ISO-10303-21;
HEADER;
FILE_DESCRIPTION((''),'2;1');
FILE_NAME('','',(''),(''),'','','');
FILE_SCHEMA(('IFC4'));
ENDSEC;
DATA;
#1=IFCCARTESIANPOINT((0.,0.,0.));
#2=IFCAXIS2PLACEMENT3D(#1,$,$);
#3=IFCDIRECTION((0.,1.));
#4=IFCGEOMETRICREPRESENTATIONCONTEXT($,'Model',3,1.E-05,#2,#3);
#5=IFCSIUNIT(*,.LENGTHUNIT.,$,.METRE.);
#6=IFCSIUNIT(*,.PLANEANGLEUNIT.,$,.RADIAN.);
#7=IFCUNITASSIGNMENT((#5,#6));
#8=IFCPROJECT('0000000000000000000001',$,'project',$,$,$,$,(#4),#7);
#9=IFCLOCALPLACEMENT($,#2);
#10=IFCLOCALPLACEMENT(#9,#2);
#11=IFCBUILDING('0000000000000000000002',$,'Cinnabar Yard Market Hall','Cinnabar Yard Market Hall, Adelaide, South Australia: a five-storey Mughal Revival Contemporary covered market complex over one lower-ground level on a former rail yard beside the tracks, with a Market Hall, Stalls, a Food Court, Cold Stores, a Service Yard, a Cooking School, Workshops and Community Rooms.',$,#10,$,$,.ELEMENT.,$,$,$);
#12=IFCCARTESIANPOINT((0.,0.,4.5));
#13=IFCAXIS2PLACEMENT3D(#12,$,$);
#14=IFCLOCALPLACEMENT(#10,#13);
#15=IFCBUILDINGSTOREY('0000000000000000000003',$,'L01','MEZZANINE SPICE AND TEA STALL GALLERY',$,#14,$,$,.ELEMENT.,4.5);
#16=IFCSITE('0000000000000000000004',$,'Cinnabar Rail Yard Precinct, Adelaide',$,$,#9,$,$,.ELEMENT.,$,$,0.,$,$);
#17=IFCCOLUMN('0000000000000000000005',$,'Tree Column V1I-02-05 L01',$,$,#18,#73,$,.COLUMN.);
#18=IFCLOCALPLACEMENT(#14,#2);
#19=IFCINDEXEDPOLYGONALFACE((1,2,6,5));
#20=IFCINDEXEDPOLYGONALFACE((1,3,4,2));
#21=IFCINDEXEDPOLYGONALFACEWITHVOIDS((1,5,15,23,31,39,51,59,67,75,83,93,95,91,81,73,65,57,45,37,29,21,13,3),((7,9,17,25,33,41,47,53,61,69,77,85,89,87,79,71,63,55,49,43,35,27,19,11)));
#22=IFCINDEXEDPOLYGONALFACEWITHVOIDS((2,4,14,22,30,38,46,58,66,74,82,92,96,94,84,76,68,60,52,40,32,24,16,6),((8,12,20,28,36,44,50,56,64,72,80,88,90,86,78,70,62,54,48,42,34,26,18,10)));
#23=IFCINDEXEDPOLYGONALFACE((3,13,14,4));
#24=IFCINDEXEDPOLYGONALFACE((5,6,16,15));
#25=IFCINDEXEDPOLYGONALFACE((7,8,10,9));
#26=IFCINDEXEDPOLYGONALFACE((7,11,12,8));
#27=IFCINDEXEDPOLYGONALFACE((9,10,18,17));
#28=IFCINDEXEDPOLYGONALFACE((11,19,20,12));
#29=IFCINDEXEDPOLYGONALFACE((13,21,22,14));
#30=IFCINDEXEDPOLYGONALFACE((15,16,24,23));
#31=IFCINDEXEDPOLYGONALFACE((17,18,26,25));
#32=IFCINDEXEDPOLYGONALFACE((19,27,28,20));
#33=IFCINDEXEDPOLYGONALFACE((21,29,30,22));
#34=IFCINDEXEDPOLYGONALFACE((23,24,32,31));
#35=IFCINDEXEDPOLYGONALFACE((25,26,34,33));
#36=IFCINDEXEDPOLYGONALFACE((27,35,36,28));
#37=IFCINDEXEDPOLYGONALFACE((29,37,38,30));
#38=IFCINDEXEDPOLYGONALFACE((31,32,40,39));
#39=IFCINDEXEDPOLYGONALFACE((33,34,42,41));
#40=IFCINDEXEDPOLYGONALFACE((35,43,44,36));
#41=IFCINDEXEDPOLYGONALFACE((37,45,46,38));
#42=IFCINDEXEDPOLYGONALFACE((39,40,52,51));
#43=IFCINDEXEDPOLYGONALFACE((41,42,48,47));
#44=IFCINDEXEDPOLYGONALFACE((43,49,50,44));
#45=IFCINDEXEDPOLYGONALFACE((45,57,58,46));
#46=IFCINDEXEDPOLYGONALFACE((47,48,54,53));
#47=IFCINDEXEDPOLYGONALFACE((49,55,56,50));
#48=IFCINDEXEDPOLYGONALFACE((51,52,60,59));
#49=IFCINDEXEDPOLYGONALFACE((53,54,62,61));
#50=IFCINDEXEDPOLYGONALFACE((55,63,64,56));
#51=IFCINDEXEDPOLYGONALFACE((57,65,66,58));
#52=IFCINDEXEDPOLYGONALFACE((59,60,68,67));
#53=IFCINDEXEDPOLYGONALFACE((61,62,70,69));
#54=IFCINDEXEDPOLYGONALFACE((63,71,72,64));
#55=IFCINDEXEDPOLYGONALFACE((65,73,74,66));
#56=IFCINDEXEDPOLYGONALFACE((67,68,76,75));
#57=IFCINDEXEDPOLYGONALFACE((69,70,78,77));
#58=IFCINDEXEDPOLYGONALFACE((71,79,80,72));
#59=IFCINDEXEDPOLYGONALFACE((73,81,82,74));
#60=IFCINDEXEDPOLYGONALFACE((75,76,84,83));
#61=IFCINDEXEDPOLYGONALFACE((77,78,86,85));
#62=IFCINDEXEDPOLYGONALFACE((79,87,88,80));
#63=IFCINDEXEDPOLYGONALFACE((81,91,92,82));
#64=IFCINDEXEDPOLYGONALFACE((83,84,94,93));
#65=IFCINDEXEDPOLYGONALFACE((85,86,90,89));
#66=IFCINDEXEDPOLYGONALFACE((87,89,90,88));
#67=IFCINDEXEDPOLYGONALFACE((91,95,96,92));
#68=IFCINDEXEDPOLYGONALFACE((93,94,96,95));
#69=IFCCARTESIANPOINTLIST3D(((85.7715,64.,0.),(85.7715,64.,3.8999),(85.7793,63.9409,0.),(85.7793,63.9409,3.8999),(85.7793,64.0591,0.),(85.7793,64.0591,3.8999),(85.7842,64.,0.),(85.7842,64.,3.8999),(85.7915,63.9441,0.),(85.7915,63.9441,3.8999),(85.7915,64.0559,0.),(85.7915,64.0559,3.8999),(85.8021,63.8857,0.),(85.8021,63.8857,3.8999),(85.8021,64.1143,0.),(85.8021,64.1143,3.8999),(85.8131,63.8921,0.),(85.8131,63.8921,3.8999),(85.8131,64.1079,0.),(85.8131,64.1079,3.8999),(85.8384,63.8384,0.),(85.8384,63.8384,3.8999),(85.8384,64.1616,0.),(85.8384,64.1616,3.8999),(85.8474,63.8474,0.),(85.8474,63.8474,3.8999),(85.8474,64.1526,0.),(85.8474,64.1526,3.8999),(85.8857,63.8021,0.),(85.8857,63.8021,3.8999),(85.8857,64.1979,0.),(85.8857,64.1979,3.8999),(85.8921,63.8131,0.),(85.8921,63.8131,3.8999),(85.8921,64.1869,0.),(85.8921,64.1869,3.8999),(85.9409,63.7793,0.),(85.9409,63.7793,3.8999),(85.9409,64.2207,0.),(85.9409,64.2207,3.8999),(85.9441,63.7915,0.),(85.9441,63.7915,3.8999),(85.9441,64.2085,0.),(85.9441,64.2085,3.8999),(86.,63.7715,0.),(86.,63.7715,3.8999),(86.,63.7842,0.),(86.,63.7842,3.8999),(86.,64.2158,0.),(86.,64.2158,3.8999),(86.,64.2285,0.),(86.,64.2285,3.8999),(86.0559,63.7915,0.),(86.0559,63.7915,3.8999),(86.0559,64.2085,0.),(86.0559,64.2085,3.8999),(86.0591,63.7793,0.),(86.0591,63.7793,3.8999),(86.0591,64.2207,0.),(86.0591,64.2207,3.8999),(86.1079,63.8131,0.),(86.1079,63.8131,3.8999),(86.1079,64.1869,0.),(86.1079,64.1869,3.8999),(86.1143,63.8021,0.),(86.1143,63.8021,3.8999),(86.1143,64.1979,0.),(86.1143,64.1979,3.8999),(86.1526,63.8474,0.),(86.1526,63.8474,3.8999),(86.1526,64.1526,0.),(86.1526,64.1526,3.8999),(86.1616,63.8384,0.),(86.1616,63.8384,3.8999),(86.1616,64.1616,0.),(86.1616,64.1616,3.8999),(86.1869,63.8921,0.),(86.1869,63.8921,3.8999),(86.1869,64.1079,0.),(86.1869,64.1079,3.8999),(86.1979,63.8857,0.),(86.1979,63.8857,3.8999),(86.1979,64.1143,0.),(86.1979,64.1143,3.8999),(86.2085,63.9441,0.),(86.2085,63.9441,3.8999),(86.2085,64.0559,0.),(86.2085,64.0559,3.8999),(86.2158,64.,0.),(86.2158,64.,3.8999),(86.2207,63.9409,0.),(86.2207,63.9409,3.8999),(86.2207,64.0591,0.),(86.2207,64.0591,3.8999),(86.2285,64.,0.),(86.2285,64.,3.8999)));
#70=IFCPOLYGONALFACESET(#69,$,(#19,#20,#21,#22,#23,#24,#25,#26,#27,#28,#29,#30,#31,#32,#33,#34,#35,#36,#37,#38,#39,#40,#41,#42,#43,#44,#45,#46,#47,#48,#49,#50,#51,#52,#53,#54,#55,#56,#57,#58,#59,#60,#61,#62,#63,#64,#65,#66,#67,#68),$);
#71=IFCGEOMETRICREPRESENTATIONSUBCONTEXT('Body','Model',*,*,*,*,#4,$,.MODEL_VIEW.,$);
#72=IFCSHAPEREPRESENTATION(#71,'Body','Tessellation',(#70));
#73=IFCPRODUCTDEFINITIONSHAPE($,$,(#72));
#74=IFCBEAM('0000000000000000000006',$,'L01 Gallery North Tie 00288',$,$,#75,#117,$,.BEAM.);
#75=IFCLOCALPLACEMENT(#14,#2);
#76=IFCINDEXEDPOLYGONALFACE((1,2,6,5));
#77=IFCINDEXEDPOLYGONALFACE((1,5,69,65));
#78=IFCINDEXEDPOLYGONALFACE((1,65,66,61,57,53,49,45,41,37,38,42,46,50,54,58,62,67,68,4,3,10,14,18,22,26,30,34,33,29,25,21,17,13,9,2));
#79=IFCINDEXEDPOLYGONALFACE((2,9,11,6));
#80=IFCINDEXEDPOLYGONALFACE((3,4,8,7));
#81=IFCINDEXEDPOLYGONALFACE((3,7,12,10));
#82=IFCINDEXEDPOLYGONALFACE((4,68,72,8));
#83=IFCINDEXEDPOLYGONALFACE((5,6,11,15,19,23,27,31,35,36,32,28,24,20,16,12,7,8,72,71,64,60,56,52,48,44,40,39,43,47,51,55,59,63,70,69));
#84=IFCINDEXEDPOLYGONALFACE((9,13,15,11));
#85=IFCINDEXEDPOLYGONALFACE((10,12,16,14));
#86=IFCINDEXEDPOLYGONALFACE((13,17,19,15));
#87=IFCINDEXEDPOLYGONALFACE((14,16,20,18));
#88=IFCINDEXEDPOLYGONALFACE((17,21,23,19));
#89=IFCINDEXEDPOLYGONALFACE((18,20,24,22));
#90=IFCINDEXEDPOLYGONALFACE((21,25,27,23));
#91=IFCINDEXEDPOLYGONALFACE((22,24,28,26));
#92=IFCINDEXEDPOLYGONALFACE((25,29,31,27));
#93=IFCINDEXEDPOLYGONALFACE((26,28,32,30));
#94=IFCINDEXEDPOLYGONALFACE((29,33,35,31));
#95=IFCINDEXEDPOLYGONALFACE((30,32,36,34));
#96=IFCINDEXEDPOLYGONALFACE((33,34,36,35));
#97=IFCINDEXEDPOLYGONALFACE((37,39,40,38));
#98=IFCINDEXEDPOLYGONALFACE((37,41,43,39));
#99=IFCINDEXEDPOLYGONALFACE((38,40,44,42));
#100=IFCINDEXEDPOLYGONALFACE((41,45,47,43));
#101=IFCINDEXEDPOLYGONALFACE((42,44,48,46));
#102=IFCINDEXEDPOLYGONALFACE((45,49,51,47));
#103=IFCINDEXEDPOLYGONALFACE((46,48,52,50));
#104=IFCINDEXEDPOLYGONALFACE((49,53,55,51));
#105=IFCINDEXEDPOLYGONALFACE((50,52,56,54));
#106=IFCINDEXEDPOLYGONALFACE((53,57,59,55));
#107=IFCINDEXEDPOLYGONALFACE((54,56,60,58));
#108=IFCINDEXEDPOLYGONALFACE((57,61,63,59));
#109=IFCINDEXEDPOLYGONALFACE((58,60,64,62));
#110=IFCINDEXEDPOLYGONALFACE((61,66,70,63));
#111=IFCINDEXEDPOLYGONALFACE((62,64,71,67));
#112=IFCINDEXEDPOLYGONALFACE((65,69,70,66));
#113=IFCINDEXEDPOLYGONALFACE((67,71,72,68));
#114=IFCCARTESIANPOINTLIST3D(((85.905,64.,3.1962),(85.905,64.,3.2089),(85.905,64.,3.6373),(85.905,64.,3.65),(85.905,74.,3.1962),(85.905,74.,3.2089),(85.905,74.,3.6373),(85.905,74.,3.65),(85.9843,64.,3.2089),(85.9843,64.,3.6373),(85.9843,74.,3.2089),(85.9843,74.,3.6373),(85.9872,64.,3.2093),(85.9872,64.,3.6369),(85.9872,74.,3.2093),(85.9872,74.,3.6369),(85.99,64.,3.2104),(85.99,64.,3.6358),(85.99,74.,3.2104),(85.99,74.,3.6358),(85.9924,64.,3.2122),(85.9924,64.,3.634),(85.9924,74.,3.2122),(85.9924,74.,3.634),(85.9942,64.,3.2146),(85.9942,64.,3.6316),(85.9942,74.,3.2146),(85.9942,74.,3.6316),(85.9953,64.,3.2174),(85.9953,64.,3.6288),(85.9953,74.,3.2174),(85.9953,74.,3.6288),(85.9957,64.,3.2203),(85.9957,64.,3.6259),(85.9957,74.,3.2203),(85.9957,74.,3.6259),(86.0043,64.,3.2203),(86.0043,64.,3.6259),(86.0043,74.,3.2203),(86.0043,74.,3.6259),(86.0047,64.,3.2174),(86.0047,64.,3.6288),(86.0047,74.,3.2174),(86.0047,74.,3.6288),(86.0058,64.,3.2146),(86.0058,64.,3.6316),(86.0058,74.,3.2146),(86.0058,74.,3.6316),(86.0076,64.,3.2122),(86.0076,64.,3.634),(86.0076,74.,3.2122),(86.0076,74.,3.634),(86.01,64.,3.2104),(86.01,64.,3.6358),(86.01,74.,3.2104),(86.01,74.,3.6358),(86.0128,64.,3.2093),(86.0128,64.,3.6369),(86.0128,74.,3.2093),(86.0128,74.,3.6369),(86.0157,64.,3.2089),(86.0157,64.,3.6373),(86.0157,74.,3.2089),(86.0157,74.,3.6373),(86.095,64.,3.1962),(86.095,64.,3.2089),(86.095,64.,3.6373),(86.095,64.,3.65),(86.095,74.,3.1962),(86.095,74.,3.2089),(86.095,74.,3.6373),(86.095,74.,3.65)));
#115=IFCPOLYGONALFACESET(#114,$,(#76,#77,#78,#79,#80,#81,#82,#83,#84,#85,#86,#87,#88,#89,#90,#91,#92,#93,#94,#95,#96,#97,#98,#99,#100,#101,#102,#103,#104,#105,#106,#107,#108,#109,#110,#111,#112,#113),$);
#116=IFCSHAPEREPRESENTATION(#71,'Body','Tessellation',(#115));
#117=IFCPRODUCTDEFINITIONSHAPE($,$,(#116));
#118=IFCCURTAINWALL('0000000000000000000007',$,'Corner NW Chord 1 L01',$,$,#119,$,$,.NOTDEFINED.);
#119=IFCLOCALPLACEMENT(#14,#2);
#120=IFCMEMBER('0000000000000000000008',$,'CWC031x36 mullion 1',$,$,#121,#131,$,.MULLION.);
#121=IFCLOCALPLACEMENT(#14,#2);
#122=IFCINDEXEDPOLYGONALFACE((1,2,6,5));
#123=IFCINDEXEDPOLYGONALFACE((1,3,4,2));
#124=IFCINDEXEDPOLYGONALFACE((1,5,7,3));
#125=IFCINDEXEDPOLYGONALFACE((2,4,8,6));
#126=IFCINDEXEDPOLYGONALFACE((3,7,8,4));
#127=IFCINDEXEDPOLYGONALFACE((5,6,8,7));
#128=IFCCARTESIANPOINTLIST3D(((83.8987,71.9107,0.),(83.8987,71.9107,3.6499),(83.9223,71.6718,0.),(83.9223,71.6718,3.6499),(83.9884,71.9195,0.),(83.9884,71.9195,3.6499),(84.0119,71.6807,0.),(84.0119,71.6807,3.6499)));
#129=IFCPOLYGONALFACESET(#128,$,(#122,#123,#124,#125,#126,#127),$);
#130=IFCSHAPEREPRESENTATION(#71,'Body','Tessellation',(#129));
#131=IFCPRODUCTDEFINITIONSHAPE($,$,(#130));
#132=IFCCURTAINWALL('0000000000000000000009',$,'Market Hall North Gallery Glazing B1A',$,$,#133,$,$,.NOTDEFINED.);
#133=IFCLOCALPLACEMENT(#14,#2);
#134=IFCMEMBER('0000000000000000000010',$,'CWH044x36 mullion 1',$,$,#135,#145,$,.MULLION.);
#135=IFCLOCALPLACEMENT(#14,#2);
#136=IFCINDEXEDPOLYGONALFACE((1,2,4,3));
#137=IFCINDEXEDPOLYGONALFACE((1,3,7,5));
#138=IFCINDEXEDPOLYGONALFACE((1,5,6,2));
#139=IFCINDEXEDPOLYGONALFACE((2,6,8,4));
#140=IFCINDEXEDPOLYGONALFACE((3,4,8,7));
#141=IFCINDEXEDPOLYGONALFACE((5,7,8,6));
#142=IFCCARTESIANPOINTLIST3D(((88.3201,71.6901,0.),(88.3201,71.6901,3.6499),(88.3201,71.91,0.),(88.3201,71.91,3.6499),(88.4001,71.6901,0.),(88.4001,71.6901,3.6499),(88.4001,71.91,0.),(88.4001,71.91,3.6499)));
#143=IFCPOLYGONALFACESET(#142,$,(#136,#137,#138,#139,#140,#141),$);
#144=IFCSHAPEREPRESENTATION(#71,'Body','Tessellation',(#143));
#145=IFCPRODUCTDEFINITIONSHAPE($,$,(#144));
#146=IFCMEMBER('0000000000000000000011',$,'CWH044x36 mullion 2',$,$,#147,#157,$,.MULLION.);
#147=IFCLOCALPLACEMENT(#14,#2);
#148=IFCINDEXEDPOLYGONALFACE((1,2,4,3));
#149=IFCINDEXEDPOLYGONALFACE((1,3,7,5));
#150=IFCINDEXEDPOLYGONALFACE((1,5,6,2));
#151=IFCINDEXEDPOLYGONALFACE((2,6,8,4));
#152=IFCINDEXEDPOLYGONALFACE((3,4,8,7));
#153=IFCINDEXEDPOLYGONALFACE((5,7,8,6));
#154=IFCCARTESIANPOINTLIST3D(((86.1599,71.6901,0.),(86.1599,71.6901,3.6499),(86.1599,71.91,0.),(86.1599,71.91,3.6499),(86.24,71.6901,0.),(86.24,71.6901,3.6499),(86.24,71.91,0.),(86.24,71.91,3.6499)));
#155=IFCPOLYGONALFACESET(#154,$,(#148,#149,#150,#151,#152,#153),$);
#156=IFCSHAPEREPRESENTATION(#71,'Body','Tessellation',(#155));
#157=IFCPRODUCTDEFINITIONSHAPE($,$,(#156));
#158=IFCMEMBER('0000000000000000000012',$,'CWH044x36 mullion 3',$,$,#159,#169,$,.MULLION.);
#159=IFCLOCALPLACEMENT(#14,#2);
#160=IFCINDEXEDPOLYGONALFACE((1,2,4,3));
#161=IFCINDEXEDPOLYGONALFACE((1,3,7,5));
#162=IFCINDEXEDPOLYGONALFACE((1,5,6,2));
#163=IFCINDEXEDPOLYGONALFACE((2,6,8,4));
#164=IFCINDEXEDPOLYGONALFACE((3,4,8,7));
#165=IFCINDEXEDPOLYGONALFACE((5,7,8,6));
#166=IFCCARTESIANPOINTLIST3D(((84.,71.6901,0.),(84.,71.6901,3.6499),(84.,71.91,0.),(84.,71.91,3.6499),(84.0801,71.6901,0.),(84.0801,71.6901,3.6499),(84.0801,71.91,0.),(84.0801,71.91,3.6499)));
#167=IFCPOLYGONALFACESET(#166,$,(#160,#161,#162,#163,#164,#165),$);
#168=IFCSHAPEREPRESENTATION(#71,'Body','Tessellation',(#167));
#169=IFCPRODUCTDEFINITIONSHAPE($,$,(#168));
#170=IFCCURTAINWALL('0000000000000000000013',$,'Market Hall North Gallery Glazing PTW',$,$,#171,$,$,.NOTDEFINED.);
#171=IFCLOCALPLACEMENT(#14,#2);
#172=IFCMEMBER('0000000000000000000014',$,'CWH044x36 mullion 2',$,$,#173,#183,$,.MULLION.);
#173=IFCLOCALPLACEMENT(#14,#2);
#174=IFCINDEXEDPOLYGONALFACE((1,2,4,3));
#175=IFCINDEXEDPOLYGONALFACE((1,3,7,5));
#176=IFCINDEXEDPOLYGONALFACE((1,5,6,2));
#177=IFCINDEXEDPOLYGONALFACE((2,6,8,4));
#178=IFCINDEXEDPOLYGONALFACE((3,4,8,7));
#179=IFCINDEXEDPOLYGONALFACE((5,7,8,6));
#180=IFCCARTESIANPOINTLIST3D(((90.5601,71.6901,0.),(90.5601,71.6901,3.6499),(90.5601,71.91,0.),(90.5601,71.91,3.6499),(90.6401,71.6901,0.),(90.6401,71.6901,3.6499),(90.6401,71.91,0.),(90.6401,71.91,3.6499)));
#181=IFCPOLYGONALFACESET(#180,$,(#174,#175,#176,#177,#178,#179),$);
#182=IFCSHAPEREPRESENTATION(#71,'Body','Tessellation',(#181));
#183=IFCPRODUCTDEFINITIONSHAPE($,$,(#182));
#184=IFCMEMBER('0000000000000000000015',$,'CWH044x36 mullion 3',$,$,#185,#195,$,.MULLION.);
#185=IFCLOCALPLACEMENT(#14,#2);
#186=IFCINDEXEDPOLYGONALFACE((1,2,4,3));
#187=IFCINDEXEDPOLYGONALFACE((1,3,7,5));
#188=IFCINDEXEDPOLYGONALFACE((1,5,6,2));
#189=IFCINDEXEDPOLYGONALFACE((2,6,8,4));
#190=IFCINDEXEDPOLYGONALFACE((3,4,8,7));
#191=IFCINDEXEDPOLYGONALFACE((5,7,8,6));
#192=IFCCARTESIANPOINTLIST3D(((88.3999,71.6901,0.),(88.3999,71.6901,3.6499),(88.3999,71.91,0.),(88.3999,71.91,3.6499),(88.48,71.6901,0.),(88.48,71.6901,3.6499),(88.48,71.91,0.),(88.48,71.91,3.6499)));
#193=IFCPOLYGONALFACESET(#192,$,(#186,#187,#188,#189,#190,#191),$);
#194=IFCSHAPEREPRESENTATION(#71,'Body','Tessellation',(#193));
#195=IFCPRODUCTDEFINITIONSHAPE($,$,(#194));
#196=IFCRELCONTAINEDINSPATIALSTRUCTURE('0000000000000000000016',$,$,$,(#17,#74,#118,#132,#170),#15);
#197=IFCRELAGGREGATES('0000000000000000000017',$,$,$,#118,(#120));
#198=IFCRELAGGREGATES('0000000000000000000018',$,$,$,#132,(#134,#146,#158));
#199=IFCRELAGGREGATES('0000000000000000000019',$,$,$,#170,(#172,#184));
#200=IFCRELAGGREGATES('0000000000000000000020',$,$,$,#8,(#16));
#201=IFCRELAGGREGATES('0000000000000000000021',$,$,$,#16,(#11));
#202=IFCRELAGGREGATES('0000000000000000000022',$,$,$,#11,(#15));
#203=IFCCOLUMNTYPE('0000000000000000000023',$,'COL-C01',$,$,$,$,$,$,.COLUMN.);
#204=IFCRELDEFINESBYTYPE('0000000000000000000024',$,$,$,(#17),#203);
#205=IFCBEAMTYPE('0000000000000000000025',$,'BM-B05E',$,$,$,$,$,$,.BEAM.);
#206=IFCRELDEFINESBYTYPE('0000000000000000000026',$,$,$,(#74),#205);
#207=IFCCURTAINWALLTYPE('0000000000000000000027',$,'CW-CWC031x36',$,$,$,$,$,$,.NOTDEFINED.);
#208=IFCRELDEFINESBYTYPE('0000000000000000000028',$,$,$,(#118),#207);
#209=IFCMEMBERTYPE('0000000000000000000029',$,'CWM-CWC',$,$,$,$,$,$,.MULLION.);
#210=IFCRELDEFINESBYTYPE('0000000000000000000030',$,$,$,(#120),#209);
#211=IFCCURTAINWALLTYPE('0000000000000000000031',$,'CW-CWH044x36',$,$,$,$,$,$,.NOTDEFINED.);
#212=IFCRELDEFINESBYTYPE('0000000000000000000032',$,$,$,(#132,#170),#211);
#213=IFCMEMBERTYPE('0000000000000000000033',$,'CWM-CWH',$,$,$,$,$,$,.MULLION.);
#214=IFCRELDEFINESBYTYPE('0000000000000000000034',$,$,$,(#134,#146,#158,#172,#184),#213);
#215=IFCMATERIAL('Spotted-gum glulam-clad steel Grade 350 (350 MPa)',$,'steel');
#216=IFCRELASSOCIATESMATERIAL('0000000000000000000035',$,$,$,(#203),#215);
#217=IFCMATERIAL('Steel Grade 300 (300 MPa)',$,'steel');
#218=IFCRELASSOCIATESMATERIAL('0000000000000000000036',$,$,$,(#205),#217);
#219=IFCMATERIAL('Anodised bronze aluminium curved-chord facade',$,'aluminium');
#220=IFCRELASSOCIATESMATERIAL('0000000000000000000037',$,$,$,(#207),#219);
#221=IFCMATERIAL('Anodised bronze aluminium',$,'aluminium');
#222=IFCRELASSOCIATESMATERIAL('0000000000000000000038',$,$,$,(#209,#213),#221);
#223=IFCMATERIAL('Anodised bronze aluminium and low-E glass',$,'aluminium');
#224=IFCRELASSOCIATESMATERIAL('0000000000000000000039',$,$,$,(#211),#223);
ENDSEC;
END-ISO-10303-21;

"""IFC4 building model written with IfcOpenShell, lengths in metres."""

from ifc_helpers import new_model, si_unit, direction, frame, origin, origin_2d_with_axis, place, context, subcontext, project, spatial, rectangle, hollow_circle, i_section, extrude, material, material_profile, profile_set, type_object, element, aggregate, save


model = new_model("IFC4")

# Units and contexts
model_context = context("Model", 3, precision=1e-05, world=origin(), true_north=direction((0.0, 1.0)))
body_context = subcontext(model_context, "Body", "Model", "MODEL_VIEW")
ifc_project = project(units=[si_unit("LENGTHUNIT", "METRE"), si_unit("PLANEANGLEUNIT", "RADIAN")], contexts=[model_context])

# Site, building, storey
site_placement = place(None, origin())
site = spatial("IfcSite", under=ifc_project, at=site_placement, Name="Cinnabar Rail Yard Precinct, Adelaide", CompositionType="ELEMENT", RefElevation=0.0)
building_placement = place(site_placement, origin())
building = spatial("IfcBuilding", under=site, at=building_placement, Name="Cinnabar Yard Market Hall", Description="Cinnabar Yard Market Hall, Adelaide, South Australia: a five-storey Mughal Revival Contemporary covered market complex over one lower-ground level on a former rail yard beside the tracks, with a Market Hall, Stalls, a Food Court, Cold Stores, a Service Yard, a Cooking School, Workshops and Community Rooms.", CompositionType="ELEMENT")
storey_placement = place(building_placement, frame((0.0, 0.0, 4.5)))
storey = spatial("IfcBuildingStorey", under=building, at=storey_placement, Name="L01", Description="MEZZANINE SPICE AND TEA STALL GALLERY", CompositionType="ELEMENT", Elevation=4.5)

# Column
ifc_material_1 = material(Name="Spotted-gum glulam-clad steel Grade 350 (350 MPa)", Category="steel")
ifc_material_profile_1 = material_profile(ifc_material_1, hollow_circle(Radius=0.2285, WallThickness=0.0127, at=origin_2d_with_axis()), Name="457.0x12.7CHS")
ifc_profile_set_1 = profile_set([ifc_material_profile_1], Name="Spotted-gum glulam-clad steel Grade 350 (350 MPa)")
column_type = type_object("IfcColumnType", Name="COL-C01", PredefinedType="COLUMN", material=ifc_profile_set_1)
column_placement = place(storey_placement, frame((86.0, 64.0, 0.0), z_axis=(0.0, 0.0, 1.0), x_axis=(1.0, 0.0, 0.0)))
element("IfcColumn", 1, at=column_placement, inside=storey, type_object=column_type, Name="Tree Column V1I-02-05 L01", PredefinedType="COLUMN", context=body_context, shape_type="SweptSolid", body=[
    extrude(hollow_circle(Radius=0.2285, WallThickness=0.0127, at=origin_2d_with_axis()), origin(), (0.0, 0.0, 1.0), 3.8999),
])

# Beam
ifc_material_2 = material(Name="Steel Grade 300 (300 MPa)", Category="steel")
ifc_material_profile_2 = material_profile(ifc_material_2, i_section(OverallWidth=0.1899, OverallDepth=0.4539, WebThickness=0.0085, FlangeThickness=0.0127, FilletRadius=0.0115, at=origin_2d_with_axis()), Name="460UB67.1")
ifc_profile_set_2 = profile_set([ifc_material_profile_2], Name="Steel Grade 300 (300 MPa)")
beam_type = type_object("IfcBeamType", Name="BM-B05E", PredefinedType="BEAM", material=ifc_profile_set_2)
beam_placement = place(storey_placement, frame((86.0, 64.0, 3.4231), z_axis=(0.0, 1.0, 0.0), x_axis=(-1.0, 0.0, 0.0)))
element("IfcBeam", 2, at=beam_placement, inside=storey, type_object=beam_type, Name="L01 Gallery North Tie 00288", PredefinedType="BEAM", context=body_context, shape_type="SweptSolid", body=[
    extrude(i_section(OverallWidth=0.1899, OverallDepth=0.4539, WebThickness=0.0085, FlangeThickness=0.0127, FilletRadius=0.0115, at=origin_2d_with_axis()), origin(), (0.0, 0.0, 1.0), 10.0),
])

# Curtain wall, member
ifc_material_3 = material(Name="Anodised bronze aluminium curved-chord facade", Category="aluminium")
curtain_wall_type_1 = type_object("IfcCurtainWallType", Name="CW-CWC031x36", PredefinedType="NOTDEFINED", material=ifc_material_3)
curtain_wall_1_placement = place(storey_placement, origin())
curtain_wall_1 = element("IfcCurtainWall", 3, at=curtain_wall_1_placement, inside=storey, type_object=curtain_wall_type_1, Name="Corner NW Chord 1 L01", PredefinedType="NOTDEFINED")
ifc_material_4 = material(Name="Anodised bronze aluminium", Category="aluminium")
ifc_material_profile_3 = material_profile(ifc_material_4, rectangle(XDim=0.24, YDim=0.0901, at=origin_2d_with_axis()), Name="MUL-CWC")
ifc_profile_set_3 = profile_set([ifc_material_profile_3], Name="Anodised bronze aluminium")
member_type_1 = type_object("IfcMemberType", Name="CWM-CWC", PredefinedType="MULLION", material=ifc_profile_set_3)
member_1_placement = place(storey_placement, frame((83.9553, 71.7957, 0.0), z_axis=(0.0, 0.0, 1.0), x_axis=(0.09802, -0.995184, 0.0)))
member_1 = element("IfcMember", 4, at=member_1_placement, type_object=member_type_1, Name="CWC031x36 mullion 1", PredefinedType="MULLION", context=body_context, shape_type="SweptSolid", body=[
    extrude(rectangle(XDim=0.24, YDim=0.0901, at=origin_2d_with_axis()), origin(), (0.0, 0.0, 1.0), 3.6499),
])
aggregate(curtain_wall_1, [member_1])

# Curtain walls, members
ifc_material_5 = material(Name="Anodised bronze aluminium and low-E glass", Category="aluminium")
curtain_wall_type_2 = type_object("IfcCurtainWallType", Name="CW-CWH044x36", PredefinedType="NOTDEFINED", material=ifc_material_5)
curtain_wall_2_placement = place(storey_placement, origin())
curtain_wall_2 = element("IfcCurtainWall", 5, at=curtain_wall_2_placement, inside=storey, type_object=curtain_wall_type_2, Name="Market Hall North Gallery Glazing B1A", PredefinedType="NOTDEFINED")
ifc_material_profile_4 = material_profile(ifc_material_4, rectangle(XDim=0.22, YDim=0.0801, at=origin_2d_with_axis()), Name="MUL-CWH")
ifc_profile_set_4 = profile_set([ifc_material_profile_4], Name="Anodised bronze aluminium")
member_type_2 = type_object("IfcMemberType", Name="CWM-CWH", PredefinedType="MULLION", material=ifc_profile_set_4)
member_2_placement = place(storey_placement, frame((88.3601, 71.8, 0.0), z_axis=(0.0, 0.0, 1.0), x_axis=(0.0, -1.0, 0.0)))
member_2 = element("IfcMember", 6, at=member_2_placement, type_object=member_type_2, Name="CWH044x36 mullion 1", PredefinedType="MULLION", context=body_context, shape_type="SweptSolid", body=[
    extrude(rectangle(XDim=0.22, YDim=0.0801, at=origin_2d_with_axis()), origin(), (0.0, 0.0, 1.0), 3.6499),
])
member_3_placement = place(storey_placement, frame((86.2, 71.8, 0.0), z_axis=(0.0, 0.0, 1.0), x_axis=(0.0, -1.0, 0.0)))
member_3 = element("IfcMember", 7, at=member_3_placement, type_object=member_type_2, Name="CWH044x36 mullion 2", PredefinedType="MULLION", context=body_context, shape_type="SweptSolid", body=[
    extrude(rectangle(XDim=0.22, YDim=0.0801, at=origin_2d_with_axis()), origin(), (0.0, 0.0, 1.0), 3.6499),
])
member_4_placement = place(storey_placement, frame((84.04, 71.8, 0.0), z_axis=(0.0, 0.0, 1.0), x_axis=(0.0, -1.0, 0.0)))
member_4 = element("IfcMember", 8, at=member_4_placement, type_object=member_type_2, Name="CWH044x36 mullion 3", PredefinedType="MULLION", context=body_context, shape_type="SweptSolid", body=[
    extrude(rectangle(XDim=0.22, YDim=0.0801, at=origin_2d_with_axis()), origin(), (0.0, 0.0, 1.0), 3.6499),
])
curtain_wall_3_placement = place(storey_placement, origin())
curtain_wall_3 = element("IfcCurtainWall", 9, at=curtain_wall_3_placement, inside=storey, type_object=curtain_wall_type_2, Name="Market Hall North Gallery Glazing PTW", PredefinedType="NOTDEFINED")
member_5_placement = place(storey_placement, frame((90.6001, 71.8, 0.0), z_axis=(0.0, 0.0, 1.0), x_axis=(0.0, -1.0, 0.0)))
member_5 = element("IfcMember", 10, at=member_5_placement, type_object=member_type_2, Name="CWH044x36 mullion 2", PredefinedType="MULLION", context=body_context, shape_type="SweptSolid", body=[
    extrude(rectangle(XDim=0.22, YDim=0.0801, at=origin_2d_with_axis()), origin(), (0.0, 0.0, 1.0), 3.6499),
])
member_6_placement = place(storey_placement, frame((88.4399, 71.8, 0.0), z_axis=(0.0, 0.0, 1.0), x_axis=(0.0, -1.0, 0.0)))
member_6 = element("IfcMember", 11, at=member_6_placement, type_object=member_type_2, Name="CWH044x36 mullion 3", PredefinedType="MULLION", context=body_context, shape_type="SweptSolid", body=[
    extrude(rectangle(XDim=0.22, YDim=0.0801, at=origin_2d_with_axis()), origin(), (0.0, 0.0, 1.0), 3.6499),
])

aggregate(curtain_wall_2, [member_2, member_3, member_4])
aggregate(curtain_wall_3, [member_5, member_6])

save(model, "model.ifc")
